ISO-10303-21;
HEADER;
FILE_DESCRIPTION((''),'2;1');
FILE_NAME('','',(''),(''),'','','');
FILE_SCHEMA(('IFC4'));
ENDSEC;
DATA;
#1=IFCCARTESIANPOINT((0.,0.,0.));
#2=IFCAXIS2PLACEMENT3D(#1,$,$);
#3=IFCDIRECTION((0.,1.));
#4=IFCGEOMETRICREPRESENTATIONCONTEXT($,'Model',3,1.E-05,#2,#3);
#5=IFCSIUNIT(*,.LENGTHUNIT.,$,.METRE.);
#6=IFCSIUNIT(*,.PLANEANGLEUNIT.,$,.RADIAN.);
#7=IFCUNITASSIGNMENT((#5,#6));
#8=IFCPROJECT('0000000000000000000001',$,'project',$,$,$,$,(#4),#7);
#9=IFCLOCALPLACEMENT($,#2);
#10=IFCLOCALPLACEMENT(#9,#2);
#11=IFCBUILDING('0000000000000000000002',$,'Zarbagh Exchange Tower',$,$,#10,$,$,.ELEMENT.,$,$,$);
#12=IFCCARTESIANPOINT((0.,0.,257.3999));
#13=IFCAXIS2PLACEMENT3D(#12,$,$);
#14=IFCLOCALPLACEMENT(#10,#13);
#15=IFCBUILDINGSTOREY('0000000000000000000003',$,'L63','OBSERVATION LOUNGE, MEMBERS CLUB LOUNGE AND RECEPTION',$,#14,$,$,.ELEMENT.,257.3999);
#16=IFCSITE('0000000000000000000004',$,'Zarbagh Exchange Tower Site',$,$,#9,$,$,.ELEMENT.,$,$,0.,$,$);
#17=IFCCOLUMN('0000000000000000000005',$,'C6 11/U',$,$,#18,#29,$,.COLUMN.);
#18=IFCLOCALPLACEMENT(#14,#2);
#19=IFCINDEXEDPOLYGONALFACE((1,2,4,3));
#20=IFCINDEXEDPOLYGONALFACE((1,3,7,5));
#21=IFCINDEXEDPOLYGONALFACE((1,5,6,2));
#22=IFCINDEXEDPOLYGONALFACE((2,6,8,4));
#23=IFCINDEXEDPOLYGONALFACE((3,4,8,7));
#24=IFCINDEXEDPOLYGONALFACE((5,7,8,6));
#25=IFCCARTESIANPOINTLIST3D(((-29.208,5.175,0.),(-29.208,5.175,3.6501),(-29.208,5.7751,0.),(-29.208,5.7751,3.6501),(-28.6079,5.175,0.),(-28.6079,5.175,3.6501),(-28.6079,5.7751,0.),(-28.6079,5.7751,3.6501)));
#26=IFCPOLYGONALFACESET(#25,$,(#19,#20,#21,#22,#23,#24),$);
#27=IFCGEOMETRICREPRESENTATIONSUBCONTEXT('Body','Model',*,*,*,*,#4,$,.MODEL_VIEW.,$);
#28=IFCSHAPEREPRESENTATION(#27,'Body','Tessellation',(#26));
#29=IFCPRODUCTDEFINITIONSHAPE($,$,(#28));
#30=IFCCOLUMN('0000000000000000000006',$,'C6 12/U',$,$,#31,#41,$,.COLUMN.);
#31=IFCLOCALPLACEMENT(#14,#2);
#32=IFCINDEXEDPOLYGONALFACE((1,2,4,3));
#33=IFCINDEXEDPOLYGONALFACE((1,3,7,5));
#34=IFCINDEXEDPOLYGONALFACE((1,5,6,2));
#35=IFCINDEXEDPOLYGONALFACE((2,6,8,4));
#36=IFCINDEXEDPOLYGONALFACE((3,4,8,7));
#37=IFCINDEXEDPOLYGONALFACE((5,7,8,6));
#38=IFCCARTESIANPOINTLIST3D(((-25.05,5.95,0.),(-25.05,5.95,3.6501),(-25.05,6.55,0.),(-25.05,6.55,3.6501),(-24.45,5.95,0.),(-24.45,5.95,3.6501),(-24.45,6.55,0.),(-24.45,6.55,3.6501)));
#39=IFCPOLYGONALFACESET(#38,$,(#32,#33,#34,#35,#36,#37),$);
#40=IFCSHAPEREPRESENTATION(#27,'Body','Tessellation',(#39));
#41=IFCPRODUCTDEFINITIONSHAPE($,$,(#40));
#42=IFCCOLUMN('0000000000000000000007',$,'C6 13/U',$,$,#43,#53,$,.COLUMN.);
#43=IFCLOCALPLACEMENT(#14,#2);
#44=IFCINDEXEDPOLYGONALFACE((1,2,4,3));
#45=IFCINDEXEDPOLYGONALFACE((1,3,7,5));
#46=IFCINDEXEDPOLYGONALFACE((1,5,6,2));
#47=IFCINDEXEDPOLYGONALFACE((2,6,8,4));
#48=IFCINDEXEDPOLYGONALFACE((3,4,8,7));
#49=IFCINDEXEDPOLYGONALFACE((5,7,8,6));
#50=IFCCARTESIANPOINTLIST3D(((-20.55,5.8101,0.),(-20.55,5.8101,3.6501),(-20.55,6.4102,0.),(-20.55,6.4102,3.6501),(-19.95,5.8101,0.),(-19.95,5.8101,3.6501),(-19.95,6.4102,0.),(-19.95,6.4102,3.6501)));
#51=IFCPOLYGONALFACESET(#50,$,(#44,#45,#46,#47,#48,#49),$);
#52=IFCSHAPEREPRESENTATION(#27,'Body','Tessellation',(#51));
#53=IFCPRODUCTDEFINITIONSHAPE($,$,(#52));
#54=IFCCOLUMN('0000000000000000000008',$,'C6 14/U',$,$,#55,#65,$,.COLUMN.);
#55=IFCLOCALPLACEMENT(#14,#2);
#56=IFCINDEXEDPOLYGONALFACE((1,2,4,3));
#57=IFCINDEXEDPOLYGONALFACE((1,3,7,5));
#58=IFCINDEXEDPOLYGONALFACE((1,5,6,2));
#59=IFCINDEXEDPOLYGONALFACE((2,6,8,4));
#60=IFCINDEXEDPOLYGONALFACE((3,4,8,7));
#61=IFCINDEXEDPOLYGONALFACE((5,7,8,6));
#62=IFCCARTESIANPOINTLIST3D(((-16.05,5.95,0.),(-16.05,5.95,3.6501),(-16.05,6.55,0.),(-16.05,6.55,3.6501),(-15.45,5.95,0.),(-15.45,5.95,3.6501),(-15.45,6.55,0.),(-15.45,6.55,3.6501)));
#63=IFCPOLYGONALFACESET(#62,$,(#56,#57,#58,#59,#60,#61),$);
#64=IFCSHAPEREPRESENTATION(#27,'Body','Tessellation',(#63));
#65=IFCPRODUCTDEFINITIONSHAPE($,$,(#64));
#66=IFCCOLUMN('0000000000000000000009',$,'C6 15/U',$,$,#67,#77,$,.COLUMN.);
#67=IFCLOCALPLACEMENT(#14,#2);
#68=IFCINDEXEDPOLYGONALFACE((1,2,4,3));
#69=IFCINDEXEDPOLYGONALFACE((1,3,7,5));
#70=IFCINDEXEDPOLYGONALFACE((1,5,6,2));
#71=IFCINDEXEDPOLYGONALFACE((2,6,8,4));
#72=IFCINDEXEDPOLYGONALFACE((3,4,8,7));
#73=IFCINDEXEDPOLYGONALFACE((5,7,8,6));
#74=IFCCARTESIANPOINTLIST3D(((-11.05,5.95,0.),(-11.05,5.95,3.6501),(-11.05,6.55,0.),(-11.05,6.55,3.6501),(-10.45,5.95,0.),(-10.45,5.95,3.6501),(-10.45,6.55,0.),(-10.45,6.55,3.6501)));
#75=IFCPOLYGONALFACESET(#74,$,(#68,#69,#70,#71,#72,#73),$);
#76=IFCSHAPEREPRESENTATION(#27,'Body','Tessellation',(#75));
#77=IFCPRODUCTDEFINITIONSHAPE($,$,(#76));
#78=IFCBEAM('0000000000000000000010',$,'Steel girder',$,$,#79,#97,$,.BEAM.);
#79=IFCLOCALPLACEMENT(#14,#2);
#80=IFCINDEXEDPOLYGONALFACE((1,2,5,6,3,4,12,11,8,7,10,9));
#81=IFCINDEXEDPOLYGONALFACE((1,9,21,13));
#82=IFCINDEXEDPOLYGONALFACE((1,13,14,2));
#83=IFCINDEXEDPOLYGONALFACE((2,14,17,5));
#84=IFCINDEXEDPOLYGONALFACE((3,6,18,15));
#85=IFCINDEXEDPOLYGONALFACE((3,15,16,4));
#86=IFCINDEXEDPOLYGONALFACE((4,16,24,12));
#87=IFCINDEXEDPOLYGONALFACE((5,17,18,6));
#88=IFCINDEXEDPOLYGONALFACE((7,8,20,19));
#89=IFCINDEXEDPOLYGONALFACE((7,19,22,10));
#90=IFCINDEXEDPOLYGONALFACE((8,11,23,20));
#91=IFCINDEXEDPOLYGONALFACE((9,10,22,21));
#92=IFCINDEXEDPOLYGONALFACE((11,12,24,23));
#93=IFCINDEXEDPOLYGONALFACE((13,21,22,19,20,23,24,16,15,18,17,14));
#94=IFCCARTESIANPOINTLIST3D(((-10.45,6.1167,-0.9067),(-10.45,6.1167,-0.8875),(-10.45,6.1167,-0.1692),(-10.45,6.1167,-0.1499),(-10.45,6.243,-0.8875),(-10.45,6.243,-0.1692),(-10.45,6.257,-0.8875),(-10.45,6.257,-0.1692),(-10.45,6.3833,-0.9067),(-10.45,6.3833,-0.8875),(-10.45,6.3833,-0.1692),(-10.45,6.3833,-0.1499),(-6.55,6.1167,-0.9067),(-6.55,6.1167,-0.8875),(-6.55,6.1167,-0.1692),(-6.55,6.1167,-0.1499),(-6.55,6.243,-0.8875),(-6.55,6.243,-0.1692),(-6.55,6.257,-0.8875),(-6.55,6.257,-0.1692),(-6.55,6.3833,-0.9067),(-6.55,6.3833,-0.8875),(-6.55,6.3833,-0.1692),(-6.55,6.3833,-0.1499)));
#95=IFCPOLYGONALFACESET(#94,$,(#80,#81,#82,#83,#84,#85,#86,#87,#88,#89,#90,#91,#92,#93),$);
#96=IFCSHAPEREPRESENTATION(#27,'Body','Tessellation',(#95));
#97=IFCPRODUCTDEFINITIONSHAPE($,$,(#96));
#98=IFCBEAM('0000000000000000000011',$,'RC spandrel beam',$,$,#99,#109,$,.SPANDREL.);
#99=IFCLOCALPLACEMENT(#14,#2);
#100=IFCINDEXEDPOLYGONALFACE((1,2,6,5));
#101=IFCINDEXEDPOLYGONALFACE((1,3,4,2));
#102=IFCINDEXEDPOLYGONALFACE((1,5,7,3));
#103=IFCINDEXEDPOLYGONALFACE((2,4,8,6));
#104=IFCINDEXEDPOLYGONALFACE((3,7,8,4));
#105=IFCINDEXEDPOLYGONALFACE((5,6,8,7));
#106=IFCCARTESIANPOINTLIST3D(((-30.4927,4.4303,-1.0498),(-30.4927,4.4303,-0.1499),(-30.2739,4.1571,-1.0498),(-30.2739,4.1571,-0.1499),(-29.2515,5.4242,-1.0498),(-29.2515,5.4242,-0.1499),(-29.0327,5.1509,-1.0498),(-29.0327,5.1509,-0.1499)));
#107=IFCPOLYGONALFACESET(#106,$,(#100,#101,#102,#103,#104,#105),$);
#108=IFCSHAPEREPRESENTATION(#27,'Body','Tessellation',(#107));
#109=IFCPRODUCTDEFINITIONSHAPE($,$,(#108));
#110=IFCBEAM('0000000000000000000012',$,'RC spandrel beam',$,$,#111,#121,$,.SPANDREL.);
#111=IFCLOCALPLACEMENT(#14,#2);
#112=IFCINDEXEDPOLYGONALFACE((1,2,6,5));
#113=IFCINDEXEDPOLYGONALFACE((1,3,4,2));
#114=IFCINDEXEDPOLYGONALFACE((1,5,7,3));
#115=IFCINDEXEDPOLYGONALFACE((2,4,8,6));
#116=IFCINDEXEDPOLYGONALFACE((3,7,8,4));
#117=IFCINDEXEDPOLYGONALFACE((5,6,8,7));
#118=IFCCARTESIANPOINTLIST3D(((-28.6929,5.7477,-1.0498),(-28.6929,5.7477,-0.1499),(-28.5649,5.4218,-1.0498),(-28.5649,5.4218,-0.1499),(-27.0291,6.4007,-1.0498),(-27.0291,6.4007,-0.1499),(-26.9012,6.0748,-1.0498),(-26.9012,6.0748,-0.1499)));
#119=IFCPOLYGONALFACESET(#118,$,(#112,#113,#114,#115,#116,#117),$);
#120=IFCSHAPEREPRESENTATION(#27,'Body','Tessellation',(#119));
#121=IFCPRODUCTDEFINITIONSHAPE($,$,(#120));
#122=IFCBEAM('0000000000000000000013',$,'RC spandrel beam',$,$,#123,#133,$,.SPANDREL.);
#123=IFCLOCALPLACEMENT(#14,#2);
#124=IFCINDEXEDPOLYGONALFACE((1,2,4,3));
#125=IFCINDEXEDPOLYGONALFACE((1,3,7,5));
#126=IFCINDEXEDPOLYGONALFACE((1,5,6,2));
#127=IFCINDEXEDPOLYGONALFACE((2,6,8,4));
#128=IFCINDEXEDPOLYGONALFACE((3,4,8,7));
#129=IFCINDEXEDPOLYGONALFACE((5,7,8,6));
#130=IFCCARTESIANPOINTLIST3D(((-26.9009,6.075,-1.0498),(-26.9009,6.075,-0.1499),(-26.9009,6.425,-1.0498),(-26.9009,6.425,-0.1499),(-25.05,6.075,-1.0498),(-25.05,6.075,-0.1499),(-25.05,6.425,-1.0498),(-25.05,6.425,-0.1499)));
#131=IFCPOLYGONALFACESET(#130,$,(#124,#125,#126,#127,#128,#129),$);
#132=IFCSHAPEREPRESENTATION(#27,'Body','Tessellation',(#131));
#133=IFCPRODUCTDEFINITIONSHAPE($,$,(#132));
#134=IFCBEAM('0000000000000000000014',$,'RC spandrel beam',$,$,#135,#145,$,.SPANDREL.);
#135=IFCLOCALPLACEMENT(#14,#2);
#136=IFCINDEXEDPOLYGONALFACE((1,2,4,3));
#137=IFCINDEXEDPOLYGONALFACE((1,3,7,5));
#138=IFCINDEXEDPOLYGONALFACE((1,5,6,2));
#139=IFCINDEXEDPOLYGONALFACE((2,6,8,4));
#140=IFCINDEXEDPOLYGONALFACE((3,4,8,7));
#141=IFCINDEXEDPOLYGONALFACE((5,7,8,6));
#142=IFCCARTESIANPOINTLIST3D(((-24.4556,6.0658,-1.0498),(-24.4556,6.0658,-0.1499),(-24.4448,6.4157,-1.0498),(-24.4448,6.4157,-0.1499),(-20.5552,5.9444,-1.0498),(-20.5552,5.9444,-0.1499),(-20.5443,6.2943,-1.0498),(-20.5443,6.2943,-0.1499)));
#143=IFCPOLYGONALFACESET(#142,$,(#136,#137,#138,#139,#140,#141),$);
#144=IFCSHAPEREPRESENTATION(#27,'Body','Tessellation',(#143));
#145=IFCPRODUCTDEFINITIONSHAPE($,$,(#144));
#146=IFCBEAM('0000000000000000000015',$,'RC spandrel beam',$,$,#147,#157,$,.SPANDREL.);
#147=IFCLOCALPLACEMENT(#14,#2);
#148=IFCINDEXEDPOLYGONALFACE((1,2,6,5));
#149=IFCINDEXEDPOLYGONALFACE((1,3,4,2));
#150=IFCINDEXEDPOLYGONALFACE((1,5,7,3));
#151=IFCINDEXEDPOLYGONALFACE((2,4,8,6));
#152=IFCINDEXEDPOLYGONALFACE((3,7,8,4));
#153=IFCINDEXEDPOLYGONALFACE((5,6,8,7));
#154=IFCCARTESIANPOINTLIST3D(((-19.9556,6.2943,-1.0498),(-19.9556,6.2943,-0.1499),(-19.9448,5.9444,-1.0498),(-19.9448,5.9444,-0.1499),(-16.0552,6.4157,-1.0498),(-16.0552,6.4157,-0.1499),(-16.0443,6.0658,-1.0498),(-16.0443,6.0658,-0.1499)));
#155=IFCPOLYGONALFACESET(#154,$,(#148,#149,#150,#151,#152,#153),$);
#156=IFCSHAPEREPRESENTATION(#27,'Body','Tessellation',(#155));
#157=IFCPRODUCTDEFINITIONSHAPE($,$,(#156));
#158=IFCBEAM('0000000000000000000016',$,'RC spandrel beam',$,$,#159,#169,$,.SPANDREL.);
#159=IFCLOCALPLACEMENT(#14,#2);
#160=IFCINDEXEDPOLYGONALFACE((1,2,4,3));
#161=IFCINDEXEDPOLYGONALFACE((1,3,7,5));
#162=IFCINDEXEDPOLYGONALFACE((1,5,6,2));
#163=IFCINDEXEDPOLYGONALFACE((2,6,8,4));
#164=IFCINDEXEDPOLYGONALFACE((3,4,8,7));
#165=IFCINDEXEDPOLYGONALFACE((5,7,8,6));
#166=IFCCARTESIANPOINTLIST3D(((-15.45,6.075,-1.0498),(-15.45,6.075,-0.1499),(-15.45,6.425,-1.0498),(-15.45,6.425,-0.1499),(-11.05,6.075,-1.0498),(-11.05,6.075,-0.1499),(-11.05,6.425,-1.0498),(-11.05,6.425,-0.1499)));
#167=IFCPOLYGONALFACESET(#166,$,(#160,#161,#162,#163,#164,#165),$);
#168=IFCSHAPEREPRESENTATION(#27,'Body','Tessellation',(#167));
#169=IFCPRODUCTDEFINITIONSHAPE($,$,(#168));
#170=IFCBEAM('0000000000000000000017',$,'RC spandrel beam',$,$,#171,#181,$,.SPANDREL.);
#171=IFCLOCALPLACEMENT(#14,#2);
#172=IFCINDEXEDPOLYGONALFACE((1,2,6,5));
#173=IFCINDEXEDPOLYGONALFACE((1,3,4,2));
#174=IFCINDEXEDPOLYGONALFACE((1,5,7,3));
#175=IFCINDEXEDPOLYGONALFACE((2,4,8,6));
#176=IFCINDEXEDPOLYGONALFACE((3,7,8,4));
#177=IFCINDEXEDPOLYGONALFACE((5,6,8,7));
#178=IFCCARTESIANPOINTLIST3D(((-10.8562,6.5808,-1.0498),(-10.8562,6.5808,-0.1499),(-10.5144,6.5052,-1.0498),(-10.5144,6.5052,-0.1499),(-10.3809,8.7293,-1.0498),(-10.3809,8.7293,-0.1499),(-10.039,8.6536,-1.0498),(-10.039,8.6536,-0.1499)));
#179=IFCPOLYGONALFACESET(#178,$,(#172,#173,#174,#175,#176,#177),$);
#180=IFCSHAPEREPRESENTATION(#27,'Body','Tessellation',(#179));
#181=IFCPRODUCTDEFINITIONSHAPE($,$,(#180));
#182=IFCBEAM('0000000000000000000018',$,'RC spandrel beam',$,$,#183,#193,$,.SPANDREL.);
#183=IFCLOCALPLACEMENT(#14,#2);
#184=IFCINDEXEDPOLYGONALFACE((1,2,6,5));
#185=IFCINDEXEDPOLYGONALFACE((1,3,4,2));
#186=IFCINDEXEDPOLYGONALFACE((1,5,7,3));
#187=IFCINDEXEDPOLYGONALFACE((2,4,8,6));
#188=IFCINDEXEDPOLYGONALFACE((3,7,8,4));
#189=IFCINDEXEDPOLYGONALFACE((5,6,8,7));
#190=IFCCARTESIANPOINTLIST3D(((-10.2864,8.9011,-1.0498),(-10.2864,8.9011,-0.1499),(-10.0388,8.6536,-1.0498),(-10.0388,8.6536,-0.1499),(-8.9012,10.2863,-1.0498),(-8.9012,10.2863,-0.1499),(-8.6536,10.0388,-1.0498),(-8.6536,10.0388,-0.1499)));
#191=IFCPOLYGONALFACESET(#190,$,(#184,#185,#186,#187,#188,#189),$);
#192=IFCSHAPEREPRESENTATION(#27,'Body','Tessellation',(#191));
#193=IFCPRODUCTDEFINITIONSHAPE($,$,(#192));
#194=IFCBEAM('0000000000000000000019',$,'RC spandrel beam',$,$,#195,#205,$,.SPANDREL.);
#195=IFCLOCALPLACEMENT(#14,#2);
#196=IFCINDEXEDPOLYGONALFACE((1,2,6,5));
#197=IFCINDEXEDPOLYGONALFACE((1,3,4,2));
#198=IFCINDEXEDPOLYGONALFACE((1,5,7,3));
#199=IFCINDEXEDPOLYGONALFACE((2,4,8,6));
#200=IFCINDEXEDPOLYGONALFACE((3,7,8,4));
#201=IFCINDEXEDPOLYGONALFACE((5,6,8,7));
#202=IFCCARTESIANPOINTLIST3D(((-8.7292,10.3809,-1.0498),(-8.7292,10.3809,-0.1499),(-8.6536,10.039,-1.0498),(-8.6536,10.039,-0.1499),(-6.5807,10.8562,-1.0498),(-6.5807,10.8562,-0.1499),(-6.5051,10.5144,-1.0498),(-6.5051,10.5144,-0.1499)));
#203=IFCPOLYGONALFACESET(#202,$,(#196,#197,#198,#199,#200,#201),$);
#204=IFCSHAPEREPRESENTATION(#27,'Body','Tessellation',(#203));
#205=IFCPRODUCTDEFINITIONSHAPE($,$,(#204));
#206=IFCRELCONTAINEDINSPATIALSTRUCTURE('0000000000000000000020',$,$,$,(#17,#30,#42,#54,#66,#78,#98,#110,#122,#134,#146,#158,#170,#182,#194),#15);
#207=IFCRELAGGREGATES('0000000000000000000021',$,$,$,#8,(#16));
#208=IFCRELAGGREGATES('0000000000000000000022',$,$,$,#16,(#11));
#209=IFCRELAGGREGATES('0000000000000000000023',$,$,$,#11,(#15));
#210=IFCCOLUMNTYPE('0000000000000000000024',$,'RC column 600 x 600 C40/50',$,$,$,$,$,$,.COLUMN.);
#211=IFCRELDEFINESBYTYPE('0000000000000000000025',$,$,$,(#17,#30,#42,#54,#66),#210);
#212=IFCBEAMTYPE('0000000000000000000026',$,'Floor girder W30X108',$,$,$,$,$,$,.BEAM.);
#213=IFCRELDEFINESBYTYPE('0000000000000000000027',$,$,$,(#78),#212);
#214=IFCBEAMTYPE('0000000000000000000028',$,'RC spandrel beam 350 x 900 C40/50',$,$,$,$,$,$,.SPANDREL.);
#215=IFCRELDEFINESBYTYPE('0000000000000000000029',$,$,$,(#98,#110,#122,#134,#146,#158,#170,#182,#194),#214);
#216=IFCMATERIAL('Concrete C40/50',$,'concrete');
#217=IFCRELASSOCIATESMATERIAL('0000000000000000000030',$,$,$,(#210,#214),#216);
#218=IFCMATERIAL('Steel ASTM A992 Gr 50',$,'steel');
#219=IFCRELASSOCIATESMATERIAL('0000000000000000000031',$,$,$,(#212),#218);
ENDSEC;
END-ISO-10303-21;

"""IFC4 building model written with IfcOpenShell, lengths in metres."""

from ifc_helpers import new_model, si_unit, direction, frame, origin, origin_2d, place, context, subcontext, project, spatial, rectangle, i_section, extrude, material, material_profile, profile_set, type_object, element, save


model = new_model("IFC4")

# Units and contexts
model_context = context("Model", 3, precision=1e-05, world=origin(), true_north=direction((0.0, 1.0)))
body_context = subcontext(model_context, "Body", "Model", "MODEL_VIEW")
ifc_project = project(units=[si_unit("LENGTHUNIT", "METRE"), si_unit("PLANEANGLEUNIT", "RADIAN")], contexts=[model_context])

# Site, building, storey
site_placement = place(None, origin())
site = spatial("IfcSite", under=ifc_project, at=site_placement, Name="Zarbagh Exchange Tower Site", CompositionType="ELEMENT", RefElevation=0.0)
building_placement = place(site_placement, origin())
building = spatial("IfcBuilding", under=site, at=building_placement, Name="Zarbagh Exchange Tower", CompositionType="ELEMENT")
storey_placement = place(building_placement, frame((0.0, 0.0, 257.3999)))
storey = spatial("IfcBuildingStorey", under=building, at=storey_placement, Name="L63", Description="OBSERVATION LOUNGE, MEMBERS CLUB LOUNGE AND RECEPTION", CompositionType="ELEMENT", Elevation=257.3999)

# Columns
ifc_material_1 = material(Name="Concrete C40/50", Category="concrete")
ifc_material_profile_1 = material_profile(ifc_material_1, rectangle(XDim=0.6001, YDim=0.6001, at=origin_2d()), Name="RC column 600 x 600 C40/50")
ifc_profile_set_1 = profile_set([ifc_material_profile_1], Name="Concrete C40/50")
column_type = type_object("IfcColumnType", Name="RC column 600 x 600 C40/50", PredefinedType="COLUMN", material=ifc_profile_set_1)
for number, where, z_axis, x_axis, name in (
    (1, (-28.908, 5.4751, 0.0), (0.0, 0.0, 1.0), (1.0, 0.0, 0.0), "C6 11/U"),
    (2, (-24.75, 6.25, 0.0), (0.0, 0.0, 1.0), (1.0, 0.0, 0.0), "C6 12/U"),
    (3, (-20.25, 6.1101, 0.0), (0.0, 0.0, 1.0), (1.0, 0.0, 0.0), "C6 13/U"),
    (4, (-15.75, 6.25, 0.0), (0.0, 0.0, 1.0), (1.0, 0.0, 0.0), "C6 14/U"),
    (5, (-10.75, 6.25, 0.0), (0.0, 0.0, 1.0), (1.0, 0.0, 0.0), "C6 15/U"),
):
    element("IfcColumn", number, at=place(storey_placement, frame(where, z_axis=z_axis, x_axis=x_axis)), inside=storey, type_object=column_type, Name=name, PredefinedType="COLUMN", context=body_context, shape_type="SweptSolid", body=[
        extrude(rectangle(XDim=0.6001, YDim=0.6001, at=origin_2d()), origin(), (0.0, 0.0, 1.0), 3.6501),
    ])

# Beams
ifc_material_2 = material(Name="Steel ASTM A992 Gr 50", Category="steel")
ifc_material_profile_2 = material_profile(ifc_material_2, i_section(OverallWidth=0.2666, OverallDepth=0.7568, WebThickness=0.0139, FlangeThickness=0.0193, at=origin_2d()), Name="W30X108")
ifc_profile_set_2 = profile_set([ifc_material_profile_2], Name="Steel ASTM A992 Gr 50")
beam_type_1 = type_object("IfcBeamType", Name="Floor girder W30X108", PredefinedType="BEAM", material=ifc_profile_set_2)
beam_1_placement = place(storey_placement, frame((-10.45, 6.25, -0.5283), z_axis=(1.0, 0.0, 0.0), x_axis=(0.0, 1.0, 0.0)))
element("IfcBeam", 6, at=beam_1_placement, inside=storey, type_object=beam_type_1, Name="Steel girder", PredefinedType="BEAM", context=body_context, shape_type="SweptSolid", body=[
    extrude(i_section(OverallWidth=0.2666, OverallDepth=0.7568, WebThickness=0.0139, FlangeThickness=0.0193, at=origin_2d()), origin(), (0.0, 0.0, 1.0), 3.8999),
])
ifc_material_profile_3 = material_profile(ifc_material_1, rectangle(XDim=0.3501, YDim=0.8999, at=origin_2d()), Name="RC spandrel beam 350 x 900 C40/50")
ifc_profile_set_3 = profile_set([ifc_material_profile_3], Name="Concrete C40/50")
beam_type_2 = type_object("IfcBeamType", Name="RC spandrel beam 350 x 900 C40/50", PredefinedType="SPANDREL", material=ifc_profile_set_3)
beam_2_placement = place(storey_placement, frame((-30.3833, 4.2937, -0.5999), z_axis=(0.780584, 0.625051, 0.0), x_axis=(-0.625051, 0.780584, 0.0)))
element("IfcBeam", 7, at=beam_2_placement, inside=storey, type_object=beam_type_2, Name="RC spandrel beam", PredefinedType="SPANDREL", context=body_context, shape_type="SweptSolid", body=[
    extrude(rectangle(XDim=0.3501, YDim=0.8999, at=origin_2d()), origin(), (0.0, 0.0, 1.0), 1.5901),
])
beam_3_placement = place(storey_placement, frame((-28.6289, 5.5847, -0.5999), z_axis=(0.930859, 0.365378, 0.0), x_axis=(-0.365378, 0.930859, 0.0)))
element("IfcBeam", 8, at=beam_3_placement, inside=storey, type_object=beam_type_2, Name="RC spandrel beam", PredefinedType="SPANDREL", context=body_context, shape_type="SweptSolid", body=[
    extrude(rectangle(XDim=0.3501, YDim=0.8999, at=origin_2d()), origin(), (0.0, 0.0, 1.0), 1.7874),
])
beam_4_placement = place(storey_placement, frame((-26.9009, 6.25, -0.5999), z_axis=(1.0, 0.0, 0.0), x_axis=(0.0, 1.0, 0.0)))
element("IfcBeam", 9, at=beam_4_placement, inside=storey, type_object=beam_type_2, Name="RC spandrel beam", PredefinedType="SPANDREL", context=body_context, shape_type="SweptSolid", body=[
    extrude(rectangle(XDim=0.3501, YDim=0.8999, at=origin_2d()), origin(), (0.0, 0.0, 1.0), 1.8508),
])
for number, where, z_axis, x_axis, name in (
    (10, (-24.4502, 6.2407, -0.5999), (0.999516, -0.031094, 0.0), (0.031094, 0.999516, 0.0), "RC spandrel beam"),
    (11, (-19.9502, 6.1194, -0.5999), (0.999516, 0.031094, 0.0), (-0.031094, 0.999516, 0.0), "RC spandrel beam"),
):
    element("IfcBeam", number, at=place(storey_placement, frame(where, z_axis=z_axis, x_axis=x_axis)), inside=storey, type_object=beam_type_2, Name=name, PredefinedType="SPANDREL", context=body_context, shape_type="SweptSolid", body=[
        extrude(rectangle(XDim=0.3501, YDim=0.8999, at=origin_2d()), origin(), (0.0, 0.0, 1.0), 3.9023),
    ])
beam_5_placement = place(storey_placement, frame((-15.45, 6.25, -0.5999), z_axis=(1.0, 0.0, 0.0), x_axis=(0.0, 1.0, 0.0)))
element("IfcBeam", 12, at=beam_5_placement, inside=storey, type_object=beam_type_2, Name="RC spandrel beam", PredefinedType="SPANDREL", context=body_context, shape_type="SweptSolid", body=[
    extrude(rectangle(XDim=0.3501, YDim=0.8999, at=origin_2d()), origin(), (0.0, 0.0, 1.0), 4.3999),
])
beam_6_placement = place(storey_placement, frame((-10.6853, 6.543, -0.5999), z_axis=(0.216026, 0.976388, 0.0), x_axis=(-0.976388, 0.216026, 0.0)))
element("IfcBeam", 13, at=beam_6_placement, inside=storey, type_object=beam_type_2, Name="RC spandrel beam", PredefinedType="SPANDREL", context=body_context, shape_type="SweptSolid", body=[
    extrude(rectangle(XDim=0.3501, YDim=0.8999, at=origin_2d()), origin(), (0.0, 0.0, 1.0), 2.2004),
])
beam_7_placement = place(storey_placement, frame((-10.1626, 8.7773, -0.5999), z_axis=(0.707107, 0.707107, 0.0), x_axis=(-0.707107, 0.707107, 0.0)))
element("IfcBeam", 14, at=beam_7_placement, inside=storey, type_object=beam_type_2, Name="RC spandrel beam", PredefinedType="SPANDREL", context=body_context, shape_type="SweptSolid", body=[
    extrude(rectangle(XDim=0.3501, YDim=0.8999, at=origin_2d()), origin(), (0.0, 0.0, 1.0), 1.959),
])
beam_8_placement = place(storey_placement, frame((-8.6914, 10.21, -0.5999), z_axis=(0.976388, 0.216026, 0.0), x_axis=(-0.216026, 0.976388, 0.0)))
element("IfcBeam", 15, at=beam_8_placement, inside=storey, type_object=beam_type_2, Name="RC spandrel beam", PredefinedType="SPANDREL", context=body_context, shape_type="SweptSolid", body=[
    extrude(rectangle(XDim=0.3501, YDim=0.8999, at=origin_2d()), origin(), (0.0, 0.0, 1.0), 2.2004),
])

save(model, "model.ifc")
